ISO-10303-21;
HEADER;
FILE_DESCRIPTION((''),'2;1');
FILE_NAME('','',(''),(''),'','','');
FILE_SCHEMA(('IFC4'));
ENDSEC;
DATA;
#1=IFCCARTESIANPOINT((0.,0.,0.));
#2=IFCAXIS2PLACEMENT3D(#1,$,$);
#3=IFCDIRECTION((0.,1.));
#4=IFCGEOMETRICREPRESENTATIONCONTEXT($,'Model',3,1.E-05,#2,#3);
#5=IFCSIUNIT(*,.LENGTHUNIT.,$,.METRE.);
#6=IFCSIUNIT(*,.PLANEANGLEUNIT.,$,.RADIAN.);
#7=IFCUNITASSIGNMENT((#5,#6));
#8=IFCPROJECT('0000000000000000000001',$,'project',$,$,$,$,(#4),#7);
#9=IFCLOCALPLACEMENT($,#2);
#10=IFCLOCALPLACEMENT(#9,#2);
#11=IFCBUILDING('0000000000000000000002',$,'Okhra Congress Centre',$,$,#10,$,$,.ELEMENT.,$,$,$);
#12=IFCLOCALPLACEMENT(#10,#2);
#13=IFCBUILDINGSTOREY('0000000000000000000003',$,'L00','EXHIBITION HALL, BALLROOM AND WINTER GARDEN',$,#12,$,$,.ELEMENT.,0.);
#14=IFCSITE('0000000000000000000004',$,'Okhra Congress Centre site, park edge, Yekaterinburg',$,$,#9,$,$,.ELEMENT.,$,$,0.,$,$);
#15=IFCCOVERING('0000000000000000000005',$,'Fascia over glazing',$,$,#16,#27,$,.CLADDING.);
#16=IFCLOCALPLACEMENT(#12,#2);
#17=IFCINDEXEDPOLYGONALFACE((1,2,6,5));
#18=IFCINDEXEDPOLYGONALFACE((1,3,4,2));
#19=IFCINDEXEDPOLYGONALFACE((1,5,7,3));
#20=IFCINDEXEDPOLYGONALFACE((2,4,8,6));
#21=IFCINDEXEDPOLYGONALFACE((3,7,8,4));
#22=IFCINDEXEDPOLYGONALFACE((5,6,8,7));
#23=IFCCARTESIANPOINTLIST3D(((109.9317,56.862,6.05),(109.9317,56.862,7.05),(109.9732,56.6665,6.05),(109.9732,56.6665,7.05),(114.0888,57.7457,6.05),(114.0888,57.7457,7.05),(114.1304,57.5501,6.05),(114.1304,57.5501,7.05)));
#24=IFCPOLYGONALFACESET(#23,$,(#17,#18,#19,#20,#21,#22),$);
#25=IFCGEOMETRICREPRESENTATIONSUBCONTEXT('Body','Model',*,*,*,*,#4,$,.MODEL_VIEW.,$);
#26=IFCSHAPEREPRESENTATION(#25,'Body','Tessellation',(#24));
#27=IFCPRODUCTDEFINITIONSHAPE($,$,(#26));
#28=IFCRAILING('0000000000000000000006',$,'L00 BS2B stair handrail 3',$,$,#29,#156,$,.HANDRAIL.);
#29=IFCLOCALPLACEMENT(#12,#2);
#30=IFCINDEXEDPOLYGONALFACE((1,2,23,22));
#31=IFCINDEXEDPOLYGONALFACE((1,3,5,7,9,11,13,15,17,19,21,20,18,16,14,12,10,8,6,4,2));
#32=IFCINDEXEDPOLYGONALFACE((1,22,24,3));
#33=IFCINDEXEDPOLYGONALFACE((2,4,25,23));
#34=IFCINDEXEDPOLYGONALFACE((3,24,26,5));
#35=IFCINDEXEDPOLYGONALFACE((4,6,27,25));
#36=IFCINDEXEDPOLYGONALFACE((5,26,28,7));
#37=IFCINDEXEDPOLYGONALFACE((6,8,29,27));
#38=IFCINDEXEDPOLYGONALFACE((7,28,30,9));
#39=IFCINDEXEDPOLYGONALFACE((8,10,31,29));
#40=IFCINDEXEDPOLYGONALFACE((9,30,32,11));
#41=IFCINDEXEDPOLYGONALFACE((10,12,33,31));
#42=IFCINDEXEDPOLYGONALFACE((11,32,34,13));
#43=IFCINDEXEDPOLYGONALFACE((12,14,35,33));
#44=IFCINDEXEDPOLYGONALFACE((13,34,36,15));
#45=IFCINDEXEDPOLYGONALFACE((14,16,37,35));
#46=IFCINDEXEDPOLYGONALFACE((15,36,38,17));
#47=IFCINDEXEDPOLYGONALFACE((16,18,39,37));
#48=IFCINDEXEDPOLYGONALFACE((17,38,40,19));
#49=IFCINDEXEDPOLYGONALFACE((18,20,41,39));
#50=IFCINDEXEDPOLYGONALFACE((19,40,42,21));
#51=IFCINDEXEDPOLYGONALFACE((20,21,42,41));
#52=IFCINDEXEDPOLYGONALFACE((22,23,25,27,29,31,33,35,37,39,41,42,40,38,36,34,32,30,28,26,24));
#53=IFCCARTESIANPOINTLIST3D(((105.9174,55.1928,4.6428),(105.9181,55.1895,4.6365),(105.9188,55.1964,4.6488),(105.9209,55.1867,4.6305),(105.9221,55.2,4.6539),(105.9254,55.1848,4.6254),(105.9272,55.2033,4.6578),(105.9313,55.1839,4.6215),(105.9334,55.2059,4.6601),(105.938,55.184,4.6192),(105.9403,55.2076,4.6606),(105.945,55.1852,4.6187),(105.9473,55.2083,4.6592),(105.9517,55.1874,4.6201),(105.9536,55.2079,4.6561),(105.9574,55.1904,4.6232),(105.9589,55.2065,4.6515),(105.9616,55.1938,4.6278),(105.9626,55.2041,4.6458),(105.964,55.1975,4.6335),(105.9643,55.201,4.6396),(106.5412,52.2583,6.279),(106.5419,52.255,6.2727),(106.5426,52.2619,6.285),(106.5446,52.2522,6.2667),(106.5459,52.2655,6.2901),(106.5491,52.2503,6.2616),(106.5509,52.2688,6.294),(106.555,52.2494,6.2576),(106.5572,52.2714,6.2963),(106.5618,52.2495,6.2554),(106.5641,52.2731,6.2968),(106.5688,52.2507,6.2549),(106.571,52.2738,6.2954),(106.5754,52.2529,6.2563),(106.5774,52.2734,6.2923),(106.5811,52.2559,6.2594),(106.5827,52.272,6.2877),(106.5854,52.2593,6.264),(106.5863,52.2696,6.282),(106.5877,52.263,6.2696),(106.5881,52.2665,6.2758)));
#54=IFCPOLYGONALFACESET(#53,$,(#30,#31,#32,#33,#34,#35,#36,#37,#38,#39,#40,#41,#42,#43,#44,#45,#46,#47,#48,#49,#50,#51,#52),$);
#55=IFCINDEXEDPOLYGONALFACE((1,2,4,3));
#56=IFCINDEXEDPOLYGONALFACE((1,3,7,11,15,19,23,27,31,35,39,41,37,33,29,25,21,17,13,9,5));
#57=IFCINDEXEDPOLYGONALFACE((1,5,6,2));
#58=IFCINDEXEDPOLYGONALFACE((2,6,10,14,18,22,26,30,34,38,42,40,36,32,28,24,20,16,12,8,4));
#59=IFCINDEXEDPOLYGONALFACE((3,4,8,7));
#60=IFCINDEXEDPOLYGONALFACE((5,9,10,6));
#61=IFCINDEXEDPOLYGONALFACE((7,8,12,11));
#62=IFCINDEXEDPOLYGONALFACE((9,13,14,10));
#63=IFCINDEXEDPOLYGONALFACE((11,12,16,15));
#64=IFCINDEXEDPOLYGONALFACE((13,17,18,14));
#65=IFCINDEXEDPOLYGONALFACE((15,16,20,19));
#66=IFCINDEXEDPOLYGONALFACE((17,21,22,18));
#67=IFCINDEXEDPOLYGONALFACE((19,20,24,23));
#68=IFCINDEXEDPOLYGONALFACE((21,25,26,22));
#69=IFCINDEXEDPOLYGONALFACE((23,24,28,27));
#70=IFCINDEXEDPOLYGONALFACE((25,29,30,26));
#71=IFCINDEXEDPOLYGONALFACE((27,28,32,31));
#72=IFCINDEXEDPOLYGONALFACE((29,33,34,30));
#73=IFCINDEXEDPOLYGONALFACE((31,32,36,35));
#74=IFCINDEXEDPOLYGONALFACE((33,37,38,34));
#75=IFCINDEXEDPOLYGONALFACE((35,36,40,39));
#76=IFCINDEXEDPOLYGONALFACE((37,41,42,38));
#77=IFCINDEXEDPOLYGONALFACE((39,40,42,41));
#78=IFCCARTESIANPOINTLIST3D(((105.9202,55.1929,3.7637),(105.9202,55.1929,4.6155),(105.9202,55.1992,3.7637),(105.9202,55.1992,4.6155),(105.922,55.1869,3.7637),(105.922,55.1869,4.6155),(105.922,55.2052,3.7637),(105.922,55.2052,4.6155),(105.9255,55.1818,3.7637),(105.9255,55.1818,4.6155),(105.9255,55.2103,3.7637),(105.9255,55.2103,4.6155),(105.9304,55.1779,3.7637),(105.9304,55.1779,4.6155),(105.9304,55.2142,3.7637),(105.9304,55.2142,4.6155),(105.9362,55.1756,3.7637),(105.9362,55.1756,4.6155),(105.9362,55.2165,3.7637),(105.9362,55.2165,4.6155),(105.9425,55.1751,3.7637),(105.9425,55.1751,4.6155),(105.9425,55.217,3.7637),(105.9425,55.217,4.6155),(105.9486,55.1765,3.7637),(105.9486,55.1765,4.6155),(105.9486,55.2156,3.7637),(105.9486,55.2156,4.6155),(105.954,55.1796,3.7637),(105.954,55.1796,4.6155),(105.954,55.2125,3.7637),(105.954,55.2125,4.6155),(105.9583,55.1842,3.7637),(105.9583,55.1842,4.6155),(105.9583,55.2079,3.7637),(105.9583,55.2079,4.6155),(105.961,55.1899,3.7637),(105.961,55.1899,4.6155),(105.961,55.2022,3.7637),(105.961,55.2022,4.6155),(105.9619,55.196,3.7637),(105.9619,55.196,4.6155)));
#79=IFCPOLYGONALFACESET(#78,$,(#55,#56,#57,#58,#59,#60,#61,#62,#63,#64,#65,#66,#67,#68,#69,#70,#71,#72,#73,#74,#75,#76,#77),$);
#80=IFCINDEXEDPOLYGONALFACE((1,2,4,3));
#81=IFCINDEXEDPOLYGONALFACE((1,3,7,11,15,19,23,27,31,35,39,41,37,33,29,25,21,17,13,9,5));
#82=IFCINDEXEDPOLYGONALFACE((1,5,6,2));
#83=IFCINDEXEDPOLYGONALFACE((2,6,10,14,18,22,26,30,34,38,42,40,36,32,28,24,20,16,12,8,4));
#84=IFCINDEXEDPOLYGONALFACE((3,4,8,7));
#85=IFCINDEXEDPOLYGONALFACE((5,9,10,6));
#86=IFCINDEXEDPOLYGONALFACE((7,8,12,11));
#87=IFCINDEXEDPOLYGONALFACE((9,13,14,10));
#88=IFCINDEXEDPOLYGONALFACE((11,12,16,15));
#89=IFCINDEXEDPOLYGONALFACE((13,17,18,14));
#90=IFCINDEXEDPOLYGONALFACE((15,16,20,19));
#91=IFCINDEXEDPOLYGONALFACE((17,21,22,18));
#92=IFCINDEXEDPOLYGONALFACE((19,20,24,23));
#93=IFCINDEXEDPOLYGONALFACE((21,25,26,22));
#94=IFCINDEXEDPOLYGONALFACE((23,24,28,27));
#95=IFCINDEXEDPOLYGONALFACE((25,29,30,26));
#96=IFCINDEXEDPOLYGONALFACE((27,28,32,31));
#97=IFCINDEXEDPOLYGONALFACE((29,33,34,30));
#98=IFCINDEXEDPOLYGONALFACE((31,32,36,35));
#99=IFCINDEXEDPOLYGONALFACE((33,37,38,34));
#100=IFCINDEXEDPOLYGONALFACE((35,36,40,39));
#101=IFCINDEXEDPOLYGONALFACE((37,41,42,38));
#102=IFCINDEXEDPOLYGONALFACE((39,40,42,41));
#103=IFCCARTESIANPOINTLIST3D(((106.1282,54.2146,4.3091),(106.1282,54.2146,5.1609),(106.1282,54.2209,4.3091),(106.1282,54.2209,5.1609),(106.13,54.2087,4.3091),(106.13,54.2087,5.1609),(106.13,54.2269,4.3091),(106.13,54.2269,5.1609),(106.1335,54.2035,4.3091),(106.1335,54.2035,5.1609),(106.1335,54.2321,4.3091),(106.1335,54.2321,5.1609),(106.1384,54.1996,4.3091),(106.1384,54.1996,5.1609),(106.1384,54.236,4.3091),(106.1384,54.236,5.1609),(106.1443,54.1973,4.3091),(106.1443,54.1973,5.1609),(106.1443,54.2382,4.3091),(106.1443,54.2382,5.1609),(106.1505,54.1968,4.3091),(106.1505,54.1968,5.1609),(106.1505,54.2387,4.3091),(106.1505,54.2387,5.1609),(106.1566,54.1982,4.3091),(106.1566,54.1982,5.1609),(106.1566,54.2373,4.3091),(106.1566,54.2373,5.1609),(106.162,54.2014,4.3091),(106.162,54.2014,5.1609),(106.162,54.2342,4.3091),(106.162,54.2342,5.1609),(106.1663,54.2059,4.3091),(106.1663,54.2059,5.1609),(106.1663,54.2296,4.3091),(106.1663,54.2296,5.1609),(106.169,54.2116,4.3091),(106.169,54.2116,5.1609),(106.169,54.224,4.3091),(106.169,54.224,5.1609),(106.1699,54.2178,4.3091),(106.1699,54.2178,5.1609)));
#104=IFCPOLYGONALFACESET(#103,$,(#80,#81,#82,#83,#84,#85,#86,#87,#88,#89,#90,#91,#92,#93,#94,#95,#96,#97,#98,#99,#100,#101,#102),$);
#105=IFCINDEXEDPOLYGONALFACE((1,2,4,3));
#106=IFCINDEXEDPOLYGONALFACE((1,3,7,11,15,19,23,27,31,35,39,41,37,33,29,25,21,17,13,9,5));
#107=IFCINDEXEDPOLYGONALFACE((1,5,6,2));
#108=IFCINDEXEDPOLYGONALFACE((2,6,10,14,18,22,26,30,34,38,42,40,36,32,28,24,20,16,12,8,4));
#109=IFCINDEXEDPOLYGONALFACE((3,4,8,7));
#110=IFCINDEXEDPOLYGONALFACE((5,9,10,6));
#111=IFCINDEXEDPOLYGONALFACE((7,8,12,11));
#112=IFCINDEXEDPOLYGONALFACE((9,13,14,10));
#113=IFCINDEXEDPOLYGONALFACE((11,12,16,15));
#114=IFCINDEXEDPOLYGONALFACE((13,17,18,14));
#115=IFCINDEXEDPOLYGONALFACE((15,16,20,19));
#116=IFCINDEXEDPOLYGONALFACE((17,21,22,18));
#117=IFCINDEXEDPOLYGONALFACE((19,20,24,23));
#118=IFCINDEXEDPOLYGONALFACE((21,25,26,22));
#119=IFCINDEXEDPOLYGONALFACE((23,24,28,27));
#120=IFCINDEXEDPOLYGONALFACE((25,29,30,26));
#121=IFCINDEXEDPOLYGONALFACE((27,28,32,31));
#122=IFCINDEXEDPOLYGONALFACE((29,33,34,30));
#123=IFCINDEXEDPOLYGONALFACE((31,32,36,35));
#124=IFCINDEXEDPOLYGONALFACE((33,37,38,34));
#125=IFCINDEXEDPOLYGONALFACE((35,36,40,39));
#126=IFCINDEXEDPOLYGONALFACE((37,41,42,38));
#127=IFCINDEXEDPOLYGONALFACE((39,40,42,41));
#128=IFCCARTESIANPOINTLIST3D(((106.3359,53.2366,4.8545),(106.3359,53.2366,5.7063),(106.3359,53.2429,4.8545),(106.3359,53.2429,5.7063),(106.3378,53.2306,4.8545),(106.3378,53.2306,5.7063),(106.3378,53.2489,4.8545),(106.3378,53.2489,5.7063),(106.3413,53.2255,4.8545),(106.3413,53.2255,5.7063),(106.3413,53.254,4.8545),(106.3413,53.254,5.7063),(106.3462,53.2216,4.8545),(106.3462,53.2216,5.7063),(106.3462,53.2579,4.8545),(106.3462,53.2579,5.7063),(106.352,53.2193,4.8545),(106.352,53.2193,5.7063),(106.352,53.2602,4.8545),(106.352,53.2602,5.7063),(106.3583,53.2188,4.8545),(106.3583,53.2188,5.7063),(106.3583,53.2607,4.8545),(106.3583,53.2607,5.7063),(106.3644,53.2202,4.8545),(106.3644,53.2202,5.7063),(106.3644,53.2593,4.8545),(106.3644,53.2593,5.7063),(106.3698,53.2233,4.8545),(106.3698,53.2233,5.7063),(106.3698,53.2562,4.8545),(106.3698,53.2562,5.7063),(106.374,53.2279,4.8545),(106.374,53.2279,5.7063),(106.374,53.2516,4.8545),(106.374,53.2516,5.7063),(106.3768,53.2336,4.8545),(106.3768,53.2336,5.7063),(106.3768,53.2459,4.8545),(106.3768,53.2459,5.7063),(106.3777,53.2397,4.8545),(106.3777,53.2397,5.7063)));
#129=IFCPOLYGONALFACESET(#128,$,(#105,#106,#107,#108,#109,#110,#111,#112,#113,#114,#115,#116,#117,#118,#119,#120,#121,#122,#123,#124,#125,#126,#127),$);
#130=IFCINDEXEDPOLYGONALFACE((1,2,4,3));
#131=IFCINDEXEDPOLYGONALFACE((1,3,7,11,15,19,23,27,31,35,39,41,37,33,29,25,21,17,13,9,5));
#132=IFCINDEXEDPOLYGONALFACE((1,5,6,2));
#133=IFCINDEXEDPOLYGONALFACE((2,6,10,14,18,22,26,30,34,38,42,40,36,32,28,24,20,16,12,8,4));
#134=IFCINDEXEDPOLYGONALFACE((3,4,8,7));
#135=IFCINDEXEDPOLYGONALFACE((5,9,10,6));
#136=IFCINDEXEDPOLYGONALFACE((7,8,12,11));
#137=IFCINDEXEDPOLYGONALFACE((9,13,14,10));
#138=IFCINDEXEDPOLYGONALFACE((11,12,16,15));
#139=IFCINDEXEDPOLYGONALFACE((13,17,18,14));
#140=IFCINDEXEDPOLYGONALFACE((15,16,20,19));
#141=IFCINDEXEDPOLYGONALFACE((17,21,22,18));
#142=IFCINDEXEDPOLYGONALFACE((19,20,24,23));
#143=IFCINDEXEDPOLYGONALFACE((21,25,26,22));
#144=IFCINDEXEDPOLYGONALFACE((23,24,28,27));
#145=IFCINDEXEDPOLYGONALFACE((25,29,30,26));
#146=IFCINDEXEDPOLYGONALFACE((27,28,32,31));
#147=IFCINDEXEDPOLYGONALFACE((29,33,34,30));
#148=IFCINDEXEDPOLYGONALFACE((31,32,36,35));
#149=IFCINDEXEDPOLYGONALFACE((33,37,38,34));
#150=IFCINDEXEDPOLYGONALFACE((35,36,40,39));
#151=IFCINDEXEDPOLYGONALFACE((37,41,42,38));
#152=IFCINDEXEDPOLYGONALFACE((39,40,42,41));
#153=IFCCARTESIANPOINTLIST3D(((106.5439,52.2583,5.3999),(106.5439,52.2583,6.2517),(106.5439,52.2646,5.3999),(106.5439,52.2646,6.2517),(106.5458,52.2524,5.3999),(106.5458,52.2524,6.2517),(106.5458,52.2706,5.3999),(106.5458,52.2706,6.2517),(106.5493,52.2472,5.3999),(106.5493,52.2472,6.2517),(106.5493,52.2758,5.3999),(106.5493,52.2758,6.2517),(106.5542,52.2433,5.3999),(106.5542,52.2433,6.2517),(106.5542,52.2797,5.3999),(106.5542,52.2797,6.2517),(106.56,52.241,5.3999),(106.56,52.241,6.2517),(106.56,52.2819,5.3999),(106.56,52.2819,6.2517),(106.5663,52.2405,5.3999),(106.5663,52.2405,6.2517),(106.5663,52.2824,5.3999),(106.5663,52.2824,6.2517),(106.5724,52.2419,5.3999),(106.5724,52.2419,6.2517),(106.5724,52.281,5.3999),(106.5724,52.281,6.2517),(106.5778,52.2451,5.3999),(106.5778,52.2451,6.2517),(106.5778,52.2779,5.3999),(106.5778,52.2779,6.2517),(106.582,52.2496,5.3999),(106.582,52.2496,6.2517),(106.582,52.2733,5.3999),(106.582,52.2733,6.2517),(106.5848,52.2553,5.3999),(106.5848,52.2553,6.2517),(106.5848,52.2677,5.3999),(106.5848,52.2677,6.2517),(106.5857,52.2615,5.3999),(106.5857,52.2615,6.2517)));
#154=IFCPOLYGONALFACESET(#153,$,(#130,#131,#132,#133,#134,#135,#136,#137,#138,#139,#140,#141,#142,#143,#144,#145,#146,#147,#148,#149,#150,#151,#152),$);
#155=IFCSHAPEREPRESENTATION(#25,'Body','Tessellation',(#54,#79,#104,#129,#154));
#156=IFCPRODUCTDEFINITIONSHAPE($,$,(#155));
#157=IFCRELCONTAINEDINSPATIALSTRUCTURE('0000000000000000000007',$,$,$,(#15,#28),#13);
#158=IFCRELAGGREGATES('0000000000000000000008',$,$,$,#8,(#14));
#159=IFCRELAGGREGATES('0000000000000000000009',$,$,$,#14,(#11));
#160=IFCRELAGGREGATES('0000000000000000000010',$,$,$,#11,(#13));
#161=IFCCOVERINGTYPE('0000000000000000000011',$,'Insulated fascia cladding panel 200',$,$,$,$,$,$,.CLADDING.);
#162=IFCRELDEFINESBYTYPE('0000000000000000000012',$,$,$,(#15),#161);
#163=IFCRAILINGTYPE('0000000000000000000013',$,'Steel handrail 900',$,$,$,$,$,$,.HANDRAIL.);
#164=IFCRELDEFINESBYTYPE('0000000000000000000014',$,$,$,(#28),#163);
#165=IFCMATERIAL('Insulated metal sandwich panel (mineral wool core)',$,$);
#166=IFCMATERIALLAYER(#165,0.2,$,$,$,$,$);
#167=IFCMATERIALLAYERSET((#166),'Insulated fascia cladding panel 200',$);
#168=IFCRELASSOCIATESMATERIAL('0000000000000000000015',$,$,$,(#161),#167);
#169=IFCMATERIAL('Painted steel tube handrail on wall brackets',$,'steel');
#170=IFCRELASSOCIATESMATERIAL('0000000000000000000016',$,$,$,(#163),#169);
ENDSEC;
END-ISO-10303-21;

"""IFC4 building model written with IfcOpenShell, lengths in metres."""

from ifc_helpers import new_model, si_unit, direction, frame, origin, origin_2d, place, context, subcontext, project, spatial, rectangle, circle, extrude, material, layer, layer_set, type_object, element, save


model = new_model("IFC4")

# Units and contexts
model_context = context("Model", 3, precision=1e-05, world=origin(), true_north=direction((0.0, 1.0)))
body_context = subcontext(model_context, "Body", "Model", "MODEL_VIEW")
ifc_project = project(units=[si_unit("LENGTHUNIT", "METRE"), si_unit("PLANEANGLEUNIT", "RADIAN")], contexts=[model_context])

# Site, building, storey
site_placement = place(None, origin())
site = spatial("IfcSite", under=ifc_project, at=site_placement, Name="Okhra Congress Centre site, park edge, Yekaterinburg", CompositionType="ELEMENT", RefElevation=0.0)
building_placement = place(site_placement, origin())
building = spatial("IfcBuilding", under=site, at=building_placement, Name="Okhra Congress Centre", CompositionType="ELEMENT")
storey_placement = place(building_placement, origin())
storey = spatial("IfcBuildingStorey", under=building, at=storey_placement, Name="L00", Description="EXHIBITION HALL, BALLROOM AND WINTER GARDEN", CompositionType="ELEMENT", Elevation=0.0)

# Covering
ifc_material_1 = material(Name="Insulated metal sandwich panel (mineral wool core)")
ifc_layer_1 = layer(ifc_material_1, 0.2)
ifc_layer_set_1 = layer_set([ifc_layer_1], Name="Insulated fascia cladding panel 200")
covering_type = type_object("IfcCoveringType", Name="Insulated fascia cladding panel 200", PredefinedType="CLADDING", material=ifc_layer_set_1)
covering_placement = place(storey_placement, frame((112.031, 57.2061, 6.05), z_axis=(0.0, 0.0, 1.0), x_axis=(0.978148, 0.207912, 0.0)))
element("IfcCovering", 1, at=covering_placement, inside=storey, type_object=covering_type, Name="Fascia over glazing", PredefinedType="CLADDING", context=body_context, shape_type="SweptSolid", body=[
    extrude(rectangle(XDim=4.25, YDim=0.2, at=origin_2d()), origin(), (0.0, 0.0, 1.0), 1.0),
])

# Railing
ifc_material_2 = material(Name="Painted steel tube handrail on wall brackets", Category="steel")
railing_type_1 = type_object("IfcRailingType", Name="Steel handrail 900", PredefinedType="HANDRAIL", material=ifc_material_2)
railing_1_placement = place(storey_placement, frame((105.9409, 55.196, 3.7637)))
element("IfcRailing", 2, at=railing_1_placement, inside=storey, type_object=railing_type_1, Name="L00 BS2B stair handrail 3", PredefinedType="HANDRAIL", context=body_context, shape_type="SweptSolid", body=[
    extrude(circle(Radius=0.0239, at=origin_2d()), frame((0.0, 0.0, 0.876), z_axis=(0.182535, -0.858735, 0.478806), x_axis=(0.978146, 0.207917, 0.0)), (0.0, 0.0, 1.0), 3.4172),
    extrude(circle(Radius=0.021, at=origin_2d()), origin(), (0.0, 0.0, 1.0), 0.8518),
    extrude(circle(Radius=0.021, at=origin_2d()), frame((0.208, -0.9783, 0.5454)), (0.0, 0.0, 1.0), 0.8518),
    extrude(circle(Radius=0.021, at=origin_2d()), frame((0.4158, -1.9563, 1.0908)), (0.0, 0.0, 1.0), 0.8518),
    extrude(circle(Radius=0.021, at=origin_2d()), frame((0.6238, -2.9346, 1.6362)), (0.0, 0.0, 1.0), 0.8518),
])

save(model, "model.ifc")
